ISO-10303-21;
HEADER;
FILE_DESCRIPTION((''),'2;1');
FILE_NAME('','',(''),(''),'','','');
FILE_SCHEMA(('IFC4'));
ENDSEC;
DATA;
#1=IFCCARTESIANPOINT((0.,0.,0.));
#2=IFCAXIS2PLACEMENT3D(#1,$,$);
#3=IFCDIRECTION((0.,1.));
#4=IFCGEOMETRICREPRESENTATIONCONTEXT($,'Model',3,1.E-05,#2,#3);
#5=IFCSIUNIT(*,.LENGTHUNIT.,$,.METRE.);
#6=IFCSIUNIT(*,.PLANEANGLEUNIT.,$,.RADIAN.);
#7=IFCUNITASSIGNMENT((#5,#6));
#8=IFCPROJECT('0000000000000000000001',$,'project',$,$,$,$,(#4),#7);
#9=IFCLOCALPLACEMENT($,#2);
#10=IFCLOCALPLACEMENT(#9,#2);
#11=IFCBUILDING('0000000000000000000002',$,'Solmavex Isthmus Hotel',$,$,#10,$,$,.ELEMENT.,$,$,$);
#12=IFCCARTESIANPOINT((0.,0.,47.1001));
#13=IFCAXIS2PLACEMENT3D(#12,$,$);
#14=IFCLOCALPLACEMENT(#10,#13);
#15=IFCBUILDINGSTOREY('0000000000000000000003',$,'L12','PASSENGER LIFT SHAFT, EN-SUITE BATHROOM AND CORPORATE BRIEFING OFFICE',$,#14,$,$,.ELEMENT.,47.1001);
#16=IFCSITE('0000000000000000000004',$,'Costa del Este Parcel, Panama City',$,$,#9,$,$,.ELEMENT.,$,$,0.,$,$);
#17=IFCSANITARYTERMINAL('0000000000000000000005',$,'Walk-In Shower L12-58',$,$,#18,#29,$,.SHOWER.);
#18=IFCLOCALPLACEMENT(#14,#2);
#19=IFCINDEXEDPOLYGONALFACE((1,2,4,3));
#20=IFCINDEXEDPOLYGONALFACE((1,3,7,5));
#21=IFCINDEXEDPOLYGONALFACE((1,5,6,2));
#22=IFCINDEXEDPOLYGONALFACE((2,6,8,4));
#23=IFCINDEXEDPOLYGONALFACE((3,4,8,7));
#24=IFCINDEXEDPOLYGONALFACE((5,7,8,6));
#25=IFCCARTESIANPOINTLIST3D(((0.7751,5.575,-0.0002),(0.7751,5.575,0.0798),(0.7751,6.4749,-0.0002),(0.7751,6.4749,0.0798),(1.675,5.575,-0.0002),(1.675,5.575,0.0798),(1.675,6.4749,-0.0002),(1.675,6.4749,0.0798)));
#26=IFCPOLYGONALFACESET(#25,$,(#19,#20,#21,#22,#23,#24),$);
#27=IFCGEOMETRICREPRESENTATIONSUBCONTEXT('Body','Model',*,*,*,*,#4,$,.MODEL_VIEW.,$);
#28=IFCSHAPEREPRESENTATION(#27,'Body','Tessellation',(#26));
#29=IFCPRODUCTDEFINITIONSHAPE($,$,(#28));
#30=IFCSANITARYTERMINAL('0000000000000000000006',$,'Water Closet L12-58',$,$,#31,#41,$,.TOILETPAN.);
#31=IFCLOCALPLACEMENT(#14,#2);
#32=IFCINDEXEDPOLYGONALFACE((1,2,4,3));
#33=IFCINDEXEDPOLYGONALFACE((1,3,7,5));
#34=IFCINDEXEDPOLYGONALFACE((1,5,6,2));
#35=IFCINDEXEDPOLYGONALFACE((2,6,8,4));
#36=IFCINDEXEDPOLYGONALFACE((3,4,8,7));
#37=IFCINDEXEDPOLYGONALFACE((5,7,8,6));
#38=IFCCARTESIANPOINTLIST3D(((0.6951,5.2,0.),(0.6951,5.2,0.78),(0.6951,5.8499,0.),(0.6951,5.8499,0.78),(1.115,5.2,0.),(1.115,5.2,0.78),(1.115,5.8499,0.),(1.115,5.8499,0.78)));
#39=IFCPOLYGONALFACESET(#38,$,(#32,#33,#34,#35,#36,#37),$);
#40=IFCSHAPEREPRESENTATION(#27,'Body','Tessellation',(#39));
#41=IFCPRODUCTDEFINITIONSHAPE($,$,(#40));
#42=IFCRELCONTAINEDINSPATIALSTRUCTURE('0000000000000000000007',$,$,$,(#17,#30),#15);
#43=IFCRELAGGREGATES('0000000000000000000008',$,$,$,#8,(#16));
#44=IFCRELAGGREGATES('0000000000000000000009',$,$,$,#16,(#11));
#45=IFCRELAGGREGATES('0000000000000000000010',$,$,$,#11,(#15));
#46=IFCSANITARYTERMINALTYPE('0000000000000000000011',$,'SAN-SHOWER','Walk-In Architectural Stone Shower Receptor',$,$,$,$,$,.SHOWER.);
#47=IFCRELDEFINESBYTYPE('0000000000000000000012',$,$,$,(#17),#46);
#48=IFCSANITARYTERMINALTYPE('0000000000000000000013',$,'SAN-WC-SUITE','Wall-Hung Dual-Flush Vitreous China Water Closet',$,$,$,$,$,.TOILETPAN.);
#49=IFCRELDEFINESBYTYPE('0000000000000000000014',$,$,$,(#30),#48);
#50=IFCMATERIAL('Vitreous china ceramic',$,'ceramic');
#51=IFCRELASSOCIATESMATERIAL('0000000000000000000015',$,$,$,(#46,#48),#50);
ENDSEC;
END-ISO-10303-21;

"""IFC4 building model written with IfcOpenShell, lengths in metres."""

from ifc_helpers import new_model, si_unit, direction, frame, origin, origin_2d, place, context, subcontext, project, spatial, rectangle, extrude, material, type_object, element, save


model = new_model("IFC4")

# Units and contexts
model_context = context("Model", 3, precision=1e-05, world=origin(), true_north=direction((0.0, 1.0)))
body_context = subcontext(model_context, "Body", "Model", "MODEL_VIEW")
ifc_project = project(units=[si_unit("LENGTHUNIT", "METRE"), si_unit("PLANEANGLEUNIT", "RADIAN")], contexts=[model_context])

# Site, building, storey
site_placement = place(None, origin())
site = spatial("IfcSite", under=ifc_project, at=site_placement, Name="Costa del Este Parcel, Panama City", CompositionType="ELEMENT", RefElevation=0.0)
building_placement = place(site_placement, origin())
building = spatial("IfcBuilding", under=site, at=building_placement, Name="Solmavex Isthmus Hotel", CompositionType="ELEMENT")
storey_placement = place(building_placement, frame((0.0, 0.0, 47.1001)))
storey = spatial("IfcBuildingStorey", under=building, at=storey_placement, Name="L12", Description="PASSENGER LIFT SHAFT, EN-SUITE BATHROOM AND CORPORATE BRIEFING OFFICE", CompositionType="ELEMENT", Elevation=47.1001)

# Sanitary terminals
ifc_material_1 = material(Name="Vitreous china ceramic", Category="ceramic")
sanitary_terminal_type_1 = type_object("IfcSanitaryTerminalType", Name="SAN-SHOWER", Description="Walk-In Architectural Stone Shower Receptor", PredefinedType="SHOWER", material=ifc_material_1)
sanitary_terminal_1_placement = place(storey_placement, frame((1.2251, 6.0249, -0.0002), z_axis=(0.0, 0.0, 1.0), x_axis=(1.0, 0.0, 0.0)))
element("IfcSanitaryTerminal", 1, at=sanitary_terminal_1_placement, inside=storey, type_object=sanitary_terminal_type_1, Name="Walk-In Shower L12-58", PredefinedType="SHOWER", context=body_context, shape_type="SweptSolid", body=[
    extrude(rectangle(XDim=0.8999, YDim=0.8999, at=origin_2d()), origin(), (0.0, 0.0, 1.0), 0.0801),
])
sanitary_terminal_type_2 = type_object("IfcSanitaryTerminalType", Name="SAN-WC-SUITE", Description="Wall-Hung Dual-Flush Vitreous China Water Closet", PredefinedType="TOILETPAN", material=ifc_material_1)
sanitary_terminal_2_placement = place(storey_placement, frame((0.905, 5.5249, 0.0), z_axis=(0.0, 0.0, 1.0), x_axis=(1.0, 0.0, 0.0)))
element("IfcSanitaryTerminal", 2, at=sanitary_terminal_2_placement, inside=storey, type_object=sanitary_terminal_type_2, Name="Water Closet L12-58", PredefinedType="TOILETPAN", context=body_context, shape_type="SweptSolid", body=[
    extrude(rectangle(XDim=0.4199, YDim=0.6499, at=origin_2d()), origin(), (0.0, 0.0, 1.0), 0.78),
])

save(model, "model.ifc")
